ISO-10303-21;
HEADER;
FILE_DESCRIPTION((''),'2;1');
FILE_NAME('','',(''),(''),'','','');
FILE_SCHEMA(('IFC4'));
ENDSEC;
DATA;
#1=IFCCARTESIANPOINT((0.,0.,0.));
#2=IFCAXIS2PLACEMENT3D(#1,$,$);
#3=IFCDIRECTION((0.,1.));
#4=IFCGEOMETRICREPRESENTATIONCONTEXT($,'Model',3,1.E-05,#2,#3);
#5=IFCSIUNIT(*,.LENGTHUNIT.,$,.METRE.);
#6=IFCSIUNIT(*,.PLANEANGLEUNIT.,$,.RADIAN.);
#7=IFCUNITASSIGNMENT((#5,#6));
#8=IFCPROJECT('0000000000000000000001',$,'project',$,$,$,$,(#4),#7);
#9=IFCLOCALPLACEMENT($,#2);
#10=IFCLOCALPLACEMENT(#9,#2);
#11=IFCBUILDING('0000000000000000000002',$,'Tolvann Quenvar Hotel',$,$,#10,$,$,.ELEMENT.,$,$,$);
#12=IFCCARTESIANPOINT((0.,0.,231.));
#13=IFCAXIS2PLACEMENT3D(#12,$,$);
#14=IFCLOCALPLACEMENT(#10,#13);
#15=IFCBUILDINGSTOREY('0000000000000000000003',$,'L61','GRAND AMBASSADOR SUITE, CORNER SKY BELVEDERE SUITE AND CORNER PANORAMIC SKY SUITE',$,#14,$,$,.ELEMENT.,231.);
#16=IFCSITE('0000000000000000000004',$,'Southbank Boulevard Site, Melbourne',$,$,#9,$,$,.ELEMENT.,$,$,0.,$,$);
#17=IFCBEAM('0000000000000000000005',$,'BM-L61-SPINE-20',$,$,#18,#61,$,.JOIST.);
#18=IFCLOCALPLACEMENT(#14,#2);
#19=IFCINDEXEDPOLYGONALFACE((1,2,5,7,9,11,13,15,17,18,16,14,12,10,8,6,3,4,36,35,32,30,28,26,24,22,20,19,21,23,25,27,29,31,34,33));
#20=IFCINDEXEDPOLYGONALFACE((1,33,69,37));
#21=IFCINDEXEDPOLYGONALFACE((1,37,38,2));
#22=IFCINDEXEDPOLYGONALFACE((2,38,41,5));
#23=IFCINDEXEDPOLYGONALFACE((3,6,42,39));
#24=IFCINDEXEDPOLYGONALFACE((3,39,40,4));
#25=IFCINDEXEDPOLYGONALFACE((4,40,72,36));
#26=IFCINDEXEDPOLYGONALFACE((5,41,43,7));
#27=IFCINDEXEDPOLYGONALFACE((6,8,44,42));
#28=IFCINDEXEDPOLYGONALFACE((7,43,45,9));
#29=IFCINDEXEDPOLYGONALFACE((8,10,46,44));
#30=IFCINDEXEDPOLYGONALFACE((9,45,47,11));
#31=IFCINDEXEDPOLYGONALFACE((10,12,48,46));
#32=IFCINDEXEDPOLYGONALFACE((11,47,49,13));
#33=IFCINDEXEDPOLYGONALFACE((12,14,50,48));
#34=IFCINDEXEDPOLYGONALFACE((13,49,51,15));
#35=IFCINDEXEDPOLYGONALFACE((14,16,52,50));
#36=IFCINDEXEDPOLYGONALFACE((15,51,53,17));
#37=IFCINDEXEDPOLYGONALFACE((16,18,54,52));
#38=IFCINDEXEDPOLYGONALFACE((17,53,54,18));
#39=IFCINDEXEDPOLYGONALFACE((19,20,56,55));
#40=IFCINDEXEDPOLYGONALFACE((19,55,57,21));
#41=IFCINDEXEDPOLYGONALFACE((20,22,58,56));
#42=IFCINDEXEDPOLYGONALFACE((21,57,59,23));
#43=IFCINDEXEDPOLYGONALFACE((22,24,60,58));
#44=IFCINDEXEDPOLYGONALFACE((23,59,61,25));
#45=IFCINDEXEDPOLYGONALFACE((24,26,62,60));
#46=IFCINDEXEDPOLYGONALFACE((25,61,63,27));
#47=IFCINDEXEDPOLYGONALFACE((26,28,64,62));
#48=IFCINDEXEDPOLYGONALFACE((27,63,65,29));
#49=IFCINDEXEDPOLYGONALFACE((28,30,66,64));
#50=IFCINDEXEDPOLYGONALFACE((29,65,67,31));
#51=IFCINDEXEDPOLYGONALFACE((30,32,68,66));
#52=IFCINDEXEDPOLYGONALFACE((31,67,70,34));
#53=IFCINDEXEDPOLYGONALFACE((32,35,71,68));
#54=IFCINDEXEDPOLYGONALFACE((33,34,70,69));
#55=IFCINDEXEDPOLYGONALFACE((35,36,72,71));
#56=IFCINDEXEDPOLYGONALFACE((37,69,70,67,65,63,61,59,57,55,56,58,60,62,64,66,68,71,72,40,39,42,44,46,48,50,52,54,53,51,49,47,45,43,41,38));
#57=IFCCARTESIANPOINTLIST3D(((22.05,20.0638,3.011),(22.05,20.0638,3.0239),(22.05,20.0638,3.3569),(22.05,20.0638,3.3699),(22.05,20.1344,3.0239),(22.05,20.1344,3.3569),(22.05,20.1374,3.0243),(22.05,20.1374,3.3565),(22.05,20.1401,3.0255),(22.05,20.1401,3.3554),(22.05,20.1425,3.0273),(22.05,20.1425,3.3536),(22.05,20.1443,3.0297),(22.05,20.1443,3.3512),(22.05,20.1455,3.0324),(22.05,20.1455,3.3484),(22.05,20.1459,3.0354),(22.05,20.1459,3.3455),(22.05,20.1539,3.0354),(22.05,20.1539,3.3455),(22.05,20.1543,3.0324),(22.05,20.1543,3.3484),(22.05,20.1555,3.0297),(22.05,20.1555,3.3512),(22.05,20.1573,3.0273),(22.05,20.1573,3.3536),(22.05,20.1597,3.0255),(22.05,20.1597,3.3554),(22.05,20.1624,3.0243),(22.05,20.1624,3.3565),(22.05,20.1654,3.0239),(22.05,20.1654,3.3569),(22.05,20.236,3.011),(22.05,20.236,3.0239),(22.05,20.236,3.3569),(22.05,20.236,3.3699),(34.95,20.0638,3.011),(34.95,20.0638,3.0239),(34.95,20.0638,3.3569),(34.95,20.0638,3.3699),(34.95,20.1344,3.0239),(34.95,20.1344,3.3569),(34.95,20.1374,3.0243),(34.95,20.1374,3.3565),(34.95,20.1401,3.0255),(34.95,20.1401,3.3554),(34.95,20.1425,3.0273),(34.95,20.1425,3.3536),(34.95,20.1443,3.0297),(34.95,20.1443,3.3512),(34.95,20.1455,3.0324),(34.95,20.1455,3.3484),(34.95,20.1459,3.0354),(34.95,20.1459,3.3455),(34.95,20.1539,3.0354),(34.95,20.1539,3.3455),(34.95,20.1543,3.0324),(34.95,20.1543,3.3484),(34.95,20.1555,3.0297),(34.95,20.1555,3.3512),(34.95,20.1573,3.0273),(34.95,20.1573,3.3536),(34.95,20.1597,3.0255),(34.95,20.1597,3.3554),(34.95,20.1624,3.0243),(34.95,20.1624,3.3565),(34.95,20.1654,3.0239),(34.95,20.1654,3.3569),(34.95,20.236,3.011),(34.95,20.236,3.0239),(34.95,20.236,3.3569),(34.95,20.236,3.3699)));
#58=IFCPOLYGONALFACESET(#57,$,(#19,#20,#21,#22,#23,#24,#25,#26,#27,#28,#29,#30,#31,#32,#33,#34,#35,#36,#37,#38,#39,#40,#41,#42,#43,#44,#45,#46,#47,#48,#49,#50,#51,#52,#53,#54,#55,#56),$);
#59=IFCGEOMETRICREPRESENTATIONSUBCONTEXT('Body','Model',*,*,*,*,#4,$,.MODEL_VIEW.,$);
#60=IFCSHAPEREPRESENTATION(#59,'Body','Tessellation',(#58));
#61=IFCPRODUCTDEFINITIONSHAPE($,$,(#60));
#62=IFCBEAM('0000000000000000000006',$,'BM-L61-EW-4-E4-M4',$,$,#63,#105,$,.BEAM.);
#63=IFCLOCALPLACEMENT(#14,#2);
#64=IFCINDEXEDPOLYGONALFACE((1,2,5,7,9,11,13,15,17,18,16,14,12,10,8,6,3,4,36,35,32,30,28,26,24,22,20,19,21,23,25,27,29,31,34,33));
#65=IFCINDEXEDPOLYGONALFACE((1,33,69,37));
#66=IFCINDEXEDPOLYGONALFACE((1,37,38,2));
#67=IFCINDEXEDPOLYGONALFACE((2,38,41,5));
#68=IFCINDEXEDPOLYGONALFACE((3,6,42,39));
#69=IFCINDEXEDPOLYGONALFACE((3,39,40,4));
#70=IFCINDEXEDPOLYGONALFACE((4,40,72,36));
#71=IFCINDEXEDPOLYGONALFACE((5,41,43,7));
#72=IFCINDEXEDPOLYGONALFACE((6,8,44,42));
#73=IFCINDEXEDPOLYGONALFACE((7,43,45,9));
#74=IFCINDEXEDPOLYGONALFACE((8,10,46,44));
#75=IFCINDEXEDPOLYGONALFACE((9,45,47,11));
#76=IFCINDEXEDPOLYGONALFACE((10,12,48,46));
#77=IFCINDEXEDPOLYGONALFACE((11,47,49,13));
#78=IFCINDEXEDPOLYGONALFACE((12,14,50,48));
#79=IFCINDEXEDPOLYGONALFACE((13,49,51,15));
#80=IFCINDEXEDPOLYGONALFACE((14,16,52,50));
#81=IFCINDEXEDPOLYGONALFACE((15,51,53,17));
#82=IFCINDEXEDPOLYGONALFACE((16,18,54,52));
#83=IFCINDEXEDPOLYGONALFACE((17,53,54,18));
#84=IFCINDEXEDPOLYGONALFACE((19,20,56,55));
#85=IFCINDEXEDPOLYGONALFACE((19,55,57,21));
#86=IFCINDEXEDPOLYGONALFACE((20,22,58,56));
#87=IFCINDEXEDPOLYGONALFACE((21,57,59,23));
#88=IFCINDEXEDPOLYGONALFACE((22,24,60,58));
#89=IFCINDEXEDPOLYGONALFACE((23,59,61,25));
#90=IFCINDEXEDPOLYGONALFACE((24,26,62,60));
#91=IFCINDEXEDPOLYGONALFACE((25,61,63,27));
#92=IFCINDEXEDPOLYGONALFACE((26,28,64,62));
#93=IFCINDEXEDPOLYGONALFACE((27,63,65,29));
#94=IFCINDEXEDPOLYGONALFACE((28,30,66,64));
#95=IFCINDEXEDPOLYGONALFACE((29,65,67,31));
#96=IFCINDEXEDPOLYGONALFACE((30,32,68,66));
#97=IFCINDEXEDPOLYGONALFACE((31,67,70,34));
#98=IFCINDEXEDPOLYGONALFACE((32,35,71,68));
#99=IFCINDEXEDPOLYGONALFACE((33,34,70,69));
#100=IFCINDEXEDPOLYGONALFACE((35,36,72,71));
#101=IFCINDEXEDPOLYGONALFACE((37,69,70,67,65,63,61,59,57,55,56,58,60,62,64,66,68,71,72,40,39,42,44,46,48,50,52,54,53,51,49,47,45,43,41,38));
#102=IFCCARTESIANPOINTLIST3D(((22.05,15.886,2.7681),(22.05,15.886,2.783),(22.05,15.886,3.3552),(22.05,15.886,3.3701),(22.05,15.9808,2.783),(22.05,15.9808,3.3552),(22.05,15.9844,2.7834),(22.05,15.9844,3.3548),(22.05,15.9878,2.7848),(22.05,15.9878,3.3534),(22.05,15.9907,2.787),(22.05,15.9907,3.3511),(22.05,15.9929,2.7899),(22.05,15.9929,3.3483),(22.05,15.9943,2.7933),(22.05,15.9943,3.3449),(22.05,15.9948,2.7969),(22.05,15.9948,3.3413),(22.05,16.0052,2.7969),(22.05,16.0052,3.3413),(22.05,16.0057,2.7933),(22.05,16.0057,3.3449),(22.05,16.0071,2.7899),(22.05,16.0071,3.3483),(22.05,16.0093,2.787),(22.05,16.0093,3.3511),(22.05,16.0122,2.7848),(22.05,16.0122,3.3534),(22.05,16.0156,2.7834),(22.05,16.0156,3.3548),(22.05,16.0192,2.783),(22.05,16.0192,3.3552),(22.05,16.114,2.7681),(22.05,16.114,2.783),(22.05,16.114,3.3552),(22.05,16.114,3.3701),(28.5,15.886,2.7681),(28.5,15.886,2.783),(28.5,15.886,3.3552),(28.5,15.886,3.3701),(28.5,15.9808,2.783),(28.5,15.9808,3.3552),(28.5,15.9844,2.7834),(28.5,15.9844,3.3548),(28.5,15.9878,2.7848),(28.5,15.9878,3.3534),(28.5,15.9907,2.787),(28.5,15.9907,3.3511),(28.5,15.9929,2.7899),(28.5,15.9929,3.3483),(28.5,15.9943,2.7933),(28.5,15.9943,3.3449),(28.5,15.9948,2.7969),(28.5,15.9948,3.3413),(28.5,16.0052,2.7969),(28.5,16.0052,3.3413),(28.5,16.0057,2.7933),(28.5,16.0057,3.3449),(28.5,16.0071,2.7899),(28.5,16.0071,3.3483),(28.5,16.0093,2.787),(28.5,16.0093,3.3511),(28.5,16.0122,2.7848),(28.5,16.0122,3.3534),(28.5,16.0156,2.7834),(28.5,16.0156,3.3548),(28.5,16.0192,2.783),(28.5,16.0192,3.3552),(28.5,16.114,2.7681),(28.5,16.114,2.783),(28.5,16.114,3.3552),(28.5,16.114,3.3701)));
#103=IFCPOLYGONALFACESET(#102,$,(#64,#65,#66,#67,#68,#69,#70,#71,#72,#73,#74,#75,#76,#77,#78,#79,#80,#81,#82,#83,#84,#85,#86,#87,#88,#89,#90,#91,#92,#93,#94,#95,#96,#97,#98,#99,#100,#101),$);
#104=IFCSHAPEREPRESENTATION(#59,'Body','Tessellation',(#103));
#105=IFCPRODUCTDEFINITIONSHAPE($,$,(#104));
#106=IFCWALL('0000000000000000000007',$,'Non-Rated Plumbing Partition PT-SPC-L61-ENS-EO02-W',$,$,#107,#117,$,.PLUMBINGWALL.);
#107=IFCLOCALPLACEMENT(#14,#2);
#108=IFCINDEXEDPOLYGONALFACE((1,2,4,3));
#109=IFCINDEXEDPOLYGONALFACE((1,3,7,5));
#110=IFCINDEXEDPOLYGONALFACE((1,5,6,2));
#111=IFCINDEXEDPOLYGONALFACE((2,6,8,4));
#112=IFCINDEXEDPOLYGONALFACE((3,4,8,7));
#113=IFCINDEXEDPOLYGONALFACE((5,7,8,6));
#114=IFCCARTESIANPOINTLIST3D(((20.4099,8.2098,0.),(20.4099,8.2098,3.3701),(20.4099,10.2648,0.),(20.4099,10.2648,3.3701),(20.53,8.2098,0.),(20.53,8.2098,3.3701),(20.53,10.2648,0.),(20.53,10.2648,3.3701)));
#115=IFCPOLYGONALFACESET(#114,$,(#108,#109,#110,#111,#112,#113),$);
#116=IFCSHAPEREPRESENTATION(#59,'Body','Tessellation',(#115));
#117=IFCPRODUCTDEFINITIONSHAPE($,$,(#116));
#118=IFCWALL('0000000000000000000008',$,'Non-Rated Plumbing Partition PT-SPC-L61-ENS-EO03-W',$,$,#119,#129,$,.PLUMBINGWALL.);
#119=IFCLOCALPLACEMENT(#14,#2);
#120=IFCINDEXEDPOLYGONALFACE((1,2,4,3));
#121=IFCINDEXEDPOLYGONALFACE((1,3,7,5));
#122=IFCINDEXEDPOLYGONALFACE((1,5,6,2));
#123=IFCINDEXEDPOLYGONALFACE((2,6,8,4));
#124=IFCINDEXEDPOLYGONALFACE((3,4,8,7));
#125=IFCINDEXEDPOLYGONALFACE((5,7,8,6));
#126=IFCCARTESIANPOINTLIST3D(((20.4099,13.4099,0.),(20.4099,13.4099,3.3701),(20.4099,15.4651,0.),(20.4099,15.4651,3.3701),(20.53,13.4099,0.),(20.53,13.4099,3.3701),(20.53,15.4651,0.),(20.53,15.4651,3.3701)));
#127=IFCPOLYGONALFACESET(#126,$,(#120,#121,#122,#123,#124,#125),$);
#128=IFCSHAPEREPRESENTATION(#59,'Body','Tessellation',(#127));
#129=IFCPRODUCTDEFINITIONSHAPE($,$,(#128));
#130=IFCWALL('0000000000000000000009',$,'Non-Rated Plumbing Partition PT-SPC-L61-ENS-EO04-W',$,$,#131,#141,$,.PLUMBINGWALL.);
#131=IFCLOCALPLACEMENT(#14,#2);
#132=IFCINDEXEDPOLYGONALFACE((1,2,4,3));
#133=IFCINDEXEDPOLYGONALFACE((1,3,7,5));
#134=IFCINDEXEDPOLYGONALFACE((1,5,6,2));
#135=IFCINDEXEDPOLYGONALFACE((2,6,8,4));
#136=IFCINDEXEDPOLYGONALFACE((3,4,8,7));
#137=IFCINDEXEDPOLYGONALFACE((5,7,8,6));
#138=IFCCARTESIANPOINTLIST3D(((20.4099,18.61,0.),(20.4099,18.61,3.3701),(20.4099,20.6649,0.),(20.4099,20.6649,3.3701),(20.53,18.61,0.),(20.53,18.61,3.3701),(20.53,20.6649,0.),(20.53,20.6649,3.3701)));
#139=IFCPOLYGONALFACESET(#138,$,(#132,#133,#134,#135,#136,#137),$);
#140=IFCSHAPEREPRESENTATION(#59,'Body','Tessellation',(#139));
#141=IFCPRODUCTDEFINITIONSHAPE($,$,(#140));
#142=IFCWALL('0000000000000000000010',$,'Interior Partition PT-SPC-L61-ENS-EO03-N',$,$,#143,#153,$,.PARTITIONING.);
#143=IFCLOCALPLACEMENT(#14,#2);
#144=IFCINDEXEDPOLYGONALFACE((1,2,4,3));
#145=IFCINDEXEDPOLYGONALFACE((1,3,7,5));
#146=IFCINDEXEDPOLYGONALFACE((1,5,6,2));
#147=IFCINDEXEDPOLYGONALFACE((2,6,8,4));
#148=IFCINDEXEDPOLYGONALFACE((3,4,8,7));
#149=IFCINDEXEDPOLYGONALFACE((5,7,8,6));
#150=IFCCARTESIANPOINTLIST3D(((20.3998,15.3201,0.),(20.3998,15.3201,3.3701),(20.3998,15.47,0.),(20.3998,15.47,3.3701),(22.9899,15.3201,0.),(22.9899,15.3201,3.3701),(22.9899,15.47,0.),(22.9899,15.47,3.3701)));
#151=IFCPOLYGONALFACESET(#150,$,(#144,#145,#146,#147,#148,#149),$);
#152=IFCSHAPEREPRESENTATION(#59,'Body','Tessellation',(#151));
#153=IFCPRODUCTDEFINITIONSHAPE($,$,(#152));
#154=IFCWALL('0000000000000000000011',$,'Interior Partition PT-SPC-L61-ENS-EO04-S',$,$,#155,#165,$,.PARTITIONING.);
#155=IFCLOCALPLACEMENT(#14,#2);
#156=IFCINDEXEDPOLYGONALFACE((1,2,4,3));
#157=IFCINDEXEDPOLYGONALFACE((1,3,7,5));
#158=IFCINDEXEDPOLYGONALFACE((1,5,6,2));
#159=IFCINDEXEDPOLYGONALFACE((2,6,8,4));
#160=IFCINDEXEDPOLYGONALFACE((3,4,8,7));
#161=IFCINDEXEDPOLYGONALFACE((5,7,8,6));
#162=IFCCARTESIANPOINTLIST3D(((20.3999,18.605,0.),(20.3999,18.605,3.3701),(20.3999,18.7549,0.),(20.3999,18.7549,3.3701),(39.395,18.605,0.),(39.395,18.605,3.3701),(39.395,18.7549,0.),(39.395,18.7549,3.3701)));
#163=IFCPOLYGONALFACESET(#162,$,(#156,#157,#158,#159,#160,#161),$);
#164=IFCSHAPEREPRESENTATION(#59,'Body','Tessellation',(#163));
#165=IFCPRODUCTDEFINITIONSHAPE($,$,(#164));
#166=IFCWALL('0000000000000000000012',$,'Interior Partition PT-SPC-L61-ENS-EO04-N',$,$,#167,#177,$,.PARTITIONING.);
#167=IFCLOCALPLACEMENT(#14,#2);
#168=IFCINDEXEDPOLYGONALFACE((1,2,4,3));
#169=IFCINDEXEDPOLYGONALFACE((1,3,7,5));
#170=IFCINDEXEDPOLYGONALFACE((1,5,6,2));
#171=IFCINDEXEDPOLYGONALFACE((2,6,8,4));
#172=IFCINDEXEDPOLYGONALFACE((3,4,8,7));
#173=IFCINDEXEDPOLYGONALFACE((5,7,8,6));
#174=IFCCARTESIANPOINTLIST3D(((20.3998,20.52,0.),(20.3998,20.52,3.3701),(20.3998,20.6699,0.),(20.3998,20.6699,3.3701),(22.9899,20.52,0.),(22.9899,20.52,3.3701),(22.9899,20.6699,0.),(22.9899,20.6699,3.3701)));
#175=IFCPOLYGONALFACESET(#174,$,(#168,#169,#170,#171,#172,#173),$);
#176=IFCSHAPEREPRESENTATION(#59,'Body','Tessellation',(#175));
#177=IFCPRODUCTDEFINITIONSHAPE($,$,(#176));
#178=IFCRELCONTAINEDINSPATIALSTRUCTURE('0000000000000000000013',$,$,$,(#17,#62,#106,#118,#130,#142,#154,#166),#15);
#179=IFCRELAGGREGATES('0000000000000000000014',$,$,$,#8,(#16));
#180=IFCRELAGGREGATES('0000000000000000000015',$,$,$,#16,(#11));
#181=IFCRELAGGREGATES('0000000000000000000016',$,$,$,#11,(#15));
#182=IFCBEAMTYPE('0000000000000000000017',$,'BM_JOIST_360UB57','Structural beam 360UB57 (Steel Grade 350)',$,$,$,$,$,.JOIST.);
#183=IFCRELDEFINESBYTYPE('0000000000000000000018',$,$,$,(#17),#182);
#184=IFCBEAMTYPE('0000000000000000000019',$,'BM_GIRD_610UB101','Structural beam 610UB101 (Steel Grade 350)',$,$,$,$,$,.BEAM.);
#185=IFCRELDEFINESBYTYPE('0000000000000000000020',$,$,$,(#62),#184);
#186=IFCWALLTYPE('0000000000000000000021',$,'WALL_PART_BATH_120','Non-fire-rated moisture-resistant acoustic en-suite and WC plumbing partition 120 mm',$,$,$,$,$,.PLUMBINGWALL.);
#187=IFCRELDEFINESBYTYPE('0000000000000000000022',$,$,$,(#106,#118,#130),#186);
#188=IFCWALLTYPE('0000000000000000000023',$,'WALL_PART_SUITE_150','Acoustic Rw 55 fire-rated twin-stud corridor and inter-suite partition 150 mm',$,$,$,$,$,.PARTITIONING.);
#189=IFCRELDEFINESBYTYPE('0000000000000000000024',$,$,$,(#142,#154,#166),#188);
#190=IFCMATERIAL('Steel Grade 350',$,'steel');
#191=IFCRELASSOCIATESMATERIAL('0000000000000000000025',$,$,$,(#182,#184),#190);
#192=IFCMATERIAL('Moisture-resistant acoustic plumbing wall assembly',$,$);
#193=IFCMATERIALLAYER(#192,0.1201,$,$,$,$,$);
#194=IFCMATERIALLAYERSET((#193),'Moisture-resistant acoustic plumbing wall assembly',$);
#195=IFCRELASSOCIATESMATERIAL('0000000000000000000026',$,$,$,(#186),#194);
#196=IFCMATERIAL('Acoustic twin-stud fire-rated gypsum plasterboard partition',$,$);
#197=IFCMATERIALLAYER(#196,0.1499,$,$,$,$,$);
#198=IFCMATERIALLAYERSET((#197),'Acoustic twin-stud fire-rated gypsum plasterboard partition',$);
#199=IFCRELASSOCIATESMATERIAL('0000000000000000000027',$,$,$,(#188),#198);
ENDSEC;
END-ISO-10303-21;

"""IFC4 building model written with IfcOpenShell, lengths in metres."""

from ifc_helpers import new_model, si_unit, direction, frame, frame_2d, origin, origin_2d, place, context, subcontext, project, spatial, rectangle, i_section, extrude, source, transform, mapped, material, layer, layer_set, material_profile, profile_set, type_object, type_shapes, element, save


model = new_model("IFC4")

# Units and contexts
model_context = context("Model", 3, precision=1e-05, world=origin(), true_north=direction((0.0, 1.0)))
body_context = subcontext(model_context, "Body", "Model", "MODEL_VIEW")
ifc_project = project(units=[si_unit("LENGTHUNIT", "METRE"), si_unit("PLANEANGLEUNIT", "RADIAN")], contexts=[model_context])

# Site, building, storey
site_placement = place(None, origin())
site = spatial("IfcSite", under=ifc_project, at=site_placement, Name="Southbank Boulevard Site, Melbourne", CompositionType="ELEMENT", RefElevation=0.0)
building_placement = place(site_placement, origin())
building = spatial("IfcBuilding", under=site, at=building_placement, Name="Tolvann Quenvar Hotel", CompositionType="ELEMENT")
storey_placement = place(building_placement, frame((0.0, 0.0, 231.0)))
storey = spatial("IfcBuildingStorey", under=building, at=storey_placement, Name="L61", Description="GRAND AMBASSADOR SUITE, CORNER SKY BELVEDERE SUITE AND CORNER PANORAMIC SKY SUITE", CompositionType="ELEMENT", Elevation=231.0)

# Shared definitions
ifc_material_1 = material(Name="Steel Grade 350", Category="steel")

# Beams
ifc_material_profile_1 = material_profile(ifc_material_1, i_section(OverallWidth=0.1721, OverallDepth=0.3589, WebThickness=0.0081, FlangeThickness=0.0129, FilletRadius=0.0115, at=origin_2d()), Name="360UB57")
ifc_profile_set_1 = profile_set([ifc_material_profile_1], Name="Steel Grade 350")
beam_type_1 = type_object("IfcBeamType", Name="BM_JOIST_360UB57", Description="Structural beam 360UB57 (Steel Grade 350)", PredefinedType="JOIST", material=ifc_profile_set_1)
shared_shape_1 = source(origin(), body_context, "Body", "SweptSolid", [
    extrude(i_section(OverallWidth=0.1721, OverallDepth=0.3589, WebThickness=0.0081, FlangeThickness=0.0129, FilletRadius=0.0115, at=origin_2d()), origin(), (0.0, 0.0, 1.0), 12.8999),
])
type_shapes(beam_type_1, [shared_shape_1])
beam_1_placement = place(storey_placement, frame((22.05, 20.1499, 3.1904), z_axis=(1.0, 0.0, 0.0), x_axis=(0.0, 1.0, 0.0)))
element("IfcBeam", 1, at=beam_1_placement, inside=storey, type_object=beam_type_1, Name="BM-L61-SPINE-20", PredefinedType="JOIST", context=body_context, shape_type="MappedRepresentation", body=[
    mapped(shared_shape_1, transform((0.0, 0.0, 0.0), x_axis=(1.0, 0.0, 0.0), y_axis=(0.0, 1.0, 0.0), z_axis=(0.0, 0.0, 1.0), scale=1.0)),
])
ifc_material_profile_2 = material_profile(ifc_material_1, i_section(OverallWidth=0.228, OverallDepth=0.6021, WebThickness=0.0105, FlangeThickness=0.0149, FilletRadius=0.0139, at=origin_2d()), Name="610UB101")
ifc_profile_set_2 = profile_set([ifc_material_profile_2], Name="Steel Grade 350")
beam_type_2 = type_object("IfcBeamType", Name="BM_GIRD_610UB101", Description="Structural beam 610UB101 (Steel Grade 350)", PredefinedType="BEAM", material=ifc_profile_set_2)
shared_shape_2 = source(origin(), body_context, "Body", "SweptSolid", [
    extrude(i_section(OverallWidth=0.228, OverallDepth=0.6021, WebThickness=0.0105, FlangeThickness=0.0149, FilletRadius=0.0139, at=origin_2d()), origin(), (0.0, 0.0, 1.0), 6.45),
])
type_shapes(beam_type_2, [shared_shape_2])
beam_2_placement = place(storey_placement, frame((22.05, 16.0, 3.0691), z_axis=(1.0, 0.0, 0.0), x_axis=(0.0, 1.0, 0.0)))
element("IfcBeam", 2, at=beam_2_placement, inside=storey, type_object=beam_type_2, Name="BM-L61-EW-4-E4-M4", PredefinedType="BEAM", context=body_context, shape_type="MappedRepresentation", body=[
    mapped(shared_shape_2, transform((0.0, 0.0, 0.0), x_axis=(1.0, 0.0, 0.0), y_axis=(0.0, 1.0, 0.0), z_axis=(0.0, 0.0, 1.0), scale=1.0)),
])

# Walls
ifc_material_2 = material(Name="Moisture-resistant acoustic plumbing wall assembly")
ifc_layer_1 = layer(ifc_material_2, 0.1201)
ifc_layer_set_1 = layer_set([ifc_layer_1], Name="Moisture-resistant acoustic plumbing wall assembly")
wall_type_1 = type_object("IfcWallType", Name="WALL_PART_BATH_120", Description="Non-fire-rated moisture-resistant acoustic en-suite and WC plumbing partition 120 mm", PredefinedType="PLUMBINGWALL", material=ifc_layer_set_1)
wall_1_placement = place(storey_placement, frame((20.47, 8.21, 0.0), z_axis=(0.0, 0.0, 1.0), x_axis=(0.0, 1.0, 0.0)))
element("IfcWall", 3, at=wall_1_placement, inside=storey, type_object=wall_type_1, Name="Non-Rated Plumbing Partition PT-SPC-L61-ENS-EO02-W", PredefinedType="PLUMBINGWALL", context=body_context, shape_type="SweptSolid", body=[
    extrude(rectangle(XDim=2.0549, YDim=0.1201, at=frame_2d((1.0273, 0.0))), origin(), (0.0, 0.0, 1.0), 3.3701),
])
wall_2_placement = place(storey_placement, frame((20.47, 13.4099, 0.0), z_axis=(0.0, 0.0, 1.0), x_axis=(0.0, 1.0, 0.0)))
element("IfcWall", 4, at=wall_2_placement, inside=storey, type_object=wall_type_1, Name="Non-Rated Plumbing Partition PT-SPC-L61-ENS-EO03-W", PredefinedType="PLUMBINGWALL", context=body_context, shape_type="SweptSolid", body=[
    extrude(rectangle(XDim=2.0552, YDim=0.1201, at=frame_2d((1.0276, 0.0))), origin(), (0.0, 0.0, 1.0), 3.3701),
])
wall_3_placement = place(storey_placement, frame((20.47, 18.6101, 0.0), z_axis=(0.0, 0.0, 1.0), x_axis=(0.0, 1.0, 0.0)))
element("IfcWall", 5, at=wall_3_placement, inside=storey, type_object=wall_type_1, Name="Non-Rated Plumbing Partition PT-SPC-L61-ENS-EO04-W", PredefinedType="PLUMBINGWALL", context=body_context, shape_type="SweptSolid", body=[
    extrude(rectangle(XDim=2.0549, YDim=0.1201, at=frame_2d((1.0273, 0.0))), origin(), (0.0, 0.0, 1.0), 3.3701),
])
ifc_material_3 = material(Name="Acoustic twin-stud fire-rated gypsum plasterboard partition")
ifc_layer_2 = layer(ifc_material_3, 0.1499)
ifc_layer_set_2 = layer_set([ifc_layer_2], Name="Acoustic twin-stud fire-rated gypsum plasterboard partition")
wall_type_2 = type_object("IfcWallType", Name="WALL_PART_SUITE_150", Description="Acoustic Rw 55 fire-rated twin-stud corridor and inter-suite partition 150 mm", PredefinedType="PARTITIONING", material=ifc_layer_set_2)
wall_4_placement = place(storey_placement, frame((20.3999, 15.395, 0.0), z_axis=(0.0, 0.0, 1.0), x_axis=(1.0, 0.0, 0.0)))
element("IfcWall", 6, at=wall_4_placement, inside=storey, type_object=wall_type_2, Name="Interior Partition PT-SPC-L61-ENS-EO03-N", PredefinedType="PARTITIONING", context=body_context, shape_type="SweptSolid", body=[
    extrude(rectangle(XDim=2.5901, YDim=0.1499, at=frame_2d((1.2949, 0.0))), origin(), (0.0, 0.0, 1.0), 3.3701),
])
wall_5_placement = place(storey_placement, frame((20.3999, 18.6799, 0.0), z_axis=(0.0, 0.0, 1.0), x_axis=(1.0, 0.0, 0.0)))
element("IfcWall", 7, at=wall_5_placement, inside=storey, type_object=wall_type_2, Name="Interior Partition PT-SPC-L61-ENS-EO04-S", PredefinedType="PARTITIONING", context=body_context, shape_type="SweptSolid", body=[
    extrude(rectangle(XDim=18.9951, YDim=0.1499, at=frame_2d((9.4976, 0.0))), origin(), (0.0, 0.0, 1.0), 3.3701),
])
wall_6_placement = place(storey_placement, frame((20.3999, 20.595, 0.0), z_axis=(0.0, 0.0, 1.0), x_axis=(1.0, 0.0, 0.0)))
element("IfcWall", 8, at=wall_6_placement, inside=storey, type_object=wall_type_2, Name="Interior Partition PT-SPC-L61-ENS-EO04-N", PredefinedType="PARTITIONING", context=body_context, shape_type="SweptSolid", body=[
    extrude(rectangle(XDim=2.5901, YDim=0.1499, at=frame_2d((1.2949, 0.0))), origin(), (0.0, 0.0, 1.0), 3.3701),
])

save(model, "model.ifc")
